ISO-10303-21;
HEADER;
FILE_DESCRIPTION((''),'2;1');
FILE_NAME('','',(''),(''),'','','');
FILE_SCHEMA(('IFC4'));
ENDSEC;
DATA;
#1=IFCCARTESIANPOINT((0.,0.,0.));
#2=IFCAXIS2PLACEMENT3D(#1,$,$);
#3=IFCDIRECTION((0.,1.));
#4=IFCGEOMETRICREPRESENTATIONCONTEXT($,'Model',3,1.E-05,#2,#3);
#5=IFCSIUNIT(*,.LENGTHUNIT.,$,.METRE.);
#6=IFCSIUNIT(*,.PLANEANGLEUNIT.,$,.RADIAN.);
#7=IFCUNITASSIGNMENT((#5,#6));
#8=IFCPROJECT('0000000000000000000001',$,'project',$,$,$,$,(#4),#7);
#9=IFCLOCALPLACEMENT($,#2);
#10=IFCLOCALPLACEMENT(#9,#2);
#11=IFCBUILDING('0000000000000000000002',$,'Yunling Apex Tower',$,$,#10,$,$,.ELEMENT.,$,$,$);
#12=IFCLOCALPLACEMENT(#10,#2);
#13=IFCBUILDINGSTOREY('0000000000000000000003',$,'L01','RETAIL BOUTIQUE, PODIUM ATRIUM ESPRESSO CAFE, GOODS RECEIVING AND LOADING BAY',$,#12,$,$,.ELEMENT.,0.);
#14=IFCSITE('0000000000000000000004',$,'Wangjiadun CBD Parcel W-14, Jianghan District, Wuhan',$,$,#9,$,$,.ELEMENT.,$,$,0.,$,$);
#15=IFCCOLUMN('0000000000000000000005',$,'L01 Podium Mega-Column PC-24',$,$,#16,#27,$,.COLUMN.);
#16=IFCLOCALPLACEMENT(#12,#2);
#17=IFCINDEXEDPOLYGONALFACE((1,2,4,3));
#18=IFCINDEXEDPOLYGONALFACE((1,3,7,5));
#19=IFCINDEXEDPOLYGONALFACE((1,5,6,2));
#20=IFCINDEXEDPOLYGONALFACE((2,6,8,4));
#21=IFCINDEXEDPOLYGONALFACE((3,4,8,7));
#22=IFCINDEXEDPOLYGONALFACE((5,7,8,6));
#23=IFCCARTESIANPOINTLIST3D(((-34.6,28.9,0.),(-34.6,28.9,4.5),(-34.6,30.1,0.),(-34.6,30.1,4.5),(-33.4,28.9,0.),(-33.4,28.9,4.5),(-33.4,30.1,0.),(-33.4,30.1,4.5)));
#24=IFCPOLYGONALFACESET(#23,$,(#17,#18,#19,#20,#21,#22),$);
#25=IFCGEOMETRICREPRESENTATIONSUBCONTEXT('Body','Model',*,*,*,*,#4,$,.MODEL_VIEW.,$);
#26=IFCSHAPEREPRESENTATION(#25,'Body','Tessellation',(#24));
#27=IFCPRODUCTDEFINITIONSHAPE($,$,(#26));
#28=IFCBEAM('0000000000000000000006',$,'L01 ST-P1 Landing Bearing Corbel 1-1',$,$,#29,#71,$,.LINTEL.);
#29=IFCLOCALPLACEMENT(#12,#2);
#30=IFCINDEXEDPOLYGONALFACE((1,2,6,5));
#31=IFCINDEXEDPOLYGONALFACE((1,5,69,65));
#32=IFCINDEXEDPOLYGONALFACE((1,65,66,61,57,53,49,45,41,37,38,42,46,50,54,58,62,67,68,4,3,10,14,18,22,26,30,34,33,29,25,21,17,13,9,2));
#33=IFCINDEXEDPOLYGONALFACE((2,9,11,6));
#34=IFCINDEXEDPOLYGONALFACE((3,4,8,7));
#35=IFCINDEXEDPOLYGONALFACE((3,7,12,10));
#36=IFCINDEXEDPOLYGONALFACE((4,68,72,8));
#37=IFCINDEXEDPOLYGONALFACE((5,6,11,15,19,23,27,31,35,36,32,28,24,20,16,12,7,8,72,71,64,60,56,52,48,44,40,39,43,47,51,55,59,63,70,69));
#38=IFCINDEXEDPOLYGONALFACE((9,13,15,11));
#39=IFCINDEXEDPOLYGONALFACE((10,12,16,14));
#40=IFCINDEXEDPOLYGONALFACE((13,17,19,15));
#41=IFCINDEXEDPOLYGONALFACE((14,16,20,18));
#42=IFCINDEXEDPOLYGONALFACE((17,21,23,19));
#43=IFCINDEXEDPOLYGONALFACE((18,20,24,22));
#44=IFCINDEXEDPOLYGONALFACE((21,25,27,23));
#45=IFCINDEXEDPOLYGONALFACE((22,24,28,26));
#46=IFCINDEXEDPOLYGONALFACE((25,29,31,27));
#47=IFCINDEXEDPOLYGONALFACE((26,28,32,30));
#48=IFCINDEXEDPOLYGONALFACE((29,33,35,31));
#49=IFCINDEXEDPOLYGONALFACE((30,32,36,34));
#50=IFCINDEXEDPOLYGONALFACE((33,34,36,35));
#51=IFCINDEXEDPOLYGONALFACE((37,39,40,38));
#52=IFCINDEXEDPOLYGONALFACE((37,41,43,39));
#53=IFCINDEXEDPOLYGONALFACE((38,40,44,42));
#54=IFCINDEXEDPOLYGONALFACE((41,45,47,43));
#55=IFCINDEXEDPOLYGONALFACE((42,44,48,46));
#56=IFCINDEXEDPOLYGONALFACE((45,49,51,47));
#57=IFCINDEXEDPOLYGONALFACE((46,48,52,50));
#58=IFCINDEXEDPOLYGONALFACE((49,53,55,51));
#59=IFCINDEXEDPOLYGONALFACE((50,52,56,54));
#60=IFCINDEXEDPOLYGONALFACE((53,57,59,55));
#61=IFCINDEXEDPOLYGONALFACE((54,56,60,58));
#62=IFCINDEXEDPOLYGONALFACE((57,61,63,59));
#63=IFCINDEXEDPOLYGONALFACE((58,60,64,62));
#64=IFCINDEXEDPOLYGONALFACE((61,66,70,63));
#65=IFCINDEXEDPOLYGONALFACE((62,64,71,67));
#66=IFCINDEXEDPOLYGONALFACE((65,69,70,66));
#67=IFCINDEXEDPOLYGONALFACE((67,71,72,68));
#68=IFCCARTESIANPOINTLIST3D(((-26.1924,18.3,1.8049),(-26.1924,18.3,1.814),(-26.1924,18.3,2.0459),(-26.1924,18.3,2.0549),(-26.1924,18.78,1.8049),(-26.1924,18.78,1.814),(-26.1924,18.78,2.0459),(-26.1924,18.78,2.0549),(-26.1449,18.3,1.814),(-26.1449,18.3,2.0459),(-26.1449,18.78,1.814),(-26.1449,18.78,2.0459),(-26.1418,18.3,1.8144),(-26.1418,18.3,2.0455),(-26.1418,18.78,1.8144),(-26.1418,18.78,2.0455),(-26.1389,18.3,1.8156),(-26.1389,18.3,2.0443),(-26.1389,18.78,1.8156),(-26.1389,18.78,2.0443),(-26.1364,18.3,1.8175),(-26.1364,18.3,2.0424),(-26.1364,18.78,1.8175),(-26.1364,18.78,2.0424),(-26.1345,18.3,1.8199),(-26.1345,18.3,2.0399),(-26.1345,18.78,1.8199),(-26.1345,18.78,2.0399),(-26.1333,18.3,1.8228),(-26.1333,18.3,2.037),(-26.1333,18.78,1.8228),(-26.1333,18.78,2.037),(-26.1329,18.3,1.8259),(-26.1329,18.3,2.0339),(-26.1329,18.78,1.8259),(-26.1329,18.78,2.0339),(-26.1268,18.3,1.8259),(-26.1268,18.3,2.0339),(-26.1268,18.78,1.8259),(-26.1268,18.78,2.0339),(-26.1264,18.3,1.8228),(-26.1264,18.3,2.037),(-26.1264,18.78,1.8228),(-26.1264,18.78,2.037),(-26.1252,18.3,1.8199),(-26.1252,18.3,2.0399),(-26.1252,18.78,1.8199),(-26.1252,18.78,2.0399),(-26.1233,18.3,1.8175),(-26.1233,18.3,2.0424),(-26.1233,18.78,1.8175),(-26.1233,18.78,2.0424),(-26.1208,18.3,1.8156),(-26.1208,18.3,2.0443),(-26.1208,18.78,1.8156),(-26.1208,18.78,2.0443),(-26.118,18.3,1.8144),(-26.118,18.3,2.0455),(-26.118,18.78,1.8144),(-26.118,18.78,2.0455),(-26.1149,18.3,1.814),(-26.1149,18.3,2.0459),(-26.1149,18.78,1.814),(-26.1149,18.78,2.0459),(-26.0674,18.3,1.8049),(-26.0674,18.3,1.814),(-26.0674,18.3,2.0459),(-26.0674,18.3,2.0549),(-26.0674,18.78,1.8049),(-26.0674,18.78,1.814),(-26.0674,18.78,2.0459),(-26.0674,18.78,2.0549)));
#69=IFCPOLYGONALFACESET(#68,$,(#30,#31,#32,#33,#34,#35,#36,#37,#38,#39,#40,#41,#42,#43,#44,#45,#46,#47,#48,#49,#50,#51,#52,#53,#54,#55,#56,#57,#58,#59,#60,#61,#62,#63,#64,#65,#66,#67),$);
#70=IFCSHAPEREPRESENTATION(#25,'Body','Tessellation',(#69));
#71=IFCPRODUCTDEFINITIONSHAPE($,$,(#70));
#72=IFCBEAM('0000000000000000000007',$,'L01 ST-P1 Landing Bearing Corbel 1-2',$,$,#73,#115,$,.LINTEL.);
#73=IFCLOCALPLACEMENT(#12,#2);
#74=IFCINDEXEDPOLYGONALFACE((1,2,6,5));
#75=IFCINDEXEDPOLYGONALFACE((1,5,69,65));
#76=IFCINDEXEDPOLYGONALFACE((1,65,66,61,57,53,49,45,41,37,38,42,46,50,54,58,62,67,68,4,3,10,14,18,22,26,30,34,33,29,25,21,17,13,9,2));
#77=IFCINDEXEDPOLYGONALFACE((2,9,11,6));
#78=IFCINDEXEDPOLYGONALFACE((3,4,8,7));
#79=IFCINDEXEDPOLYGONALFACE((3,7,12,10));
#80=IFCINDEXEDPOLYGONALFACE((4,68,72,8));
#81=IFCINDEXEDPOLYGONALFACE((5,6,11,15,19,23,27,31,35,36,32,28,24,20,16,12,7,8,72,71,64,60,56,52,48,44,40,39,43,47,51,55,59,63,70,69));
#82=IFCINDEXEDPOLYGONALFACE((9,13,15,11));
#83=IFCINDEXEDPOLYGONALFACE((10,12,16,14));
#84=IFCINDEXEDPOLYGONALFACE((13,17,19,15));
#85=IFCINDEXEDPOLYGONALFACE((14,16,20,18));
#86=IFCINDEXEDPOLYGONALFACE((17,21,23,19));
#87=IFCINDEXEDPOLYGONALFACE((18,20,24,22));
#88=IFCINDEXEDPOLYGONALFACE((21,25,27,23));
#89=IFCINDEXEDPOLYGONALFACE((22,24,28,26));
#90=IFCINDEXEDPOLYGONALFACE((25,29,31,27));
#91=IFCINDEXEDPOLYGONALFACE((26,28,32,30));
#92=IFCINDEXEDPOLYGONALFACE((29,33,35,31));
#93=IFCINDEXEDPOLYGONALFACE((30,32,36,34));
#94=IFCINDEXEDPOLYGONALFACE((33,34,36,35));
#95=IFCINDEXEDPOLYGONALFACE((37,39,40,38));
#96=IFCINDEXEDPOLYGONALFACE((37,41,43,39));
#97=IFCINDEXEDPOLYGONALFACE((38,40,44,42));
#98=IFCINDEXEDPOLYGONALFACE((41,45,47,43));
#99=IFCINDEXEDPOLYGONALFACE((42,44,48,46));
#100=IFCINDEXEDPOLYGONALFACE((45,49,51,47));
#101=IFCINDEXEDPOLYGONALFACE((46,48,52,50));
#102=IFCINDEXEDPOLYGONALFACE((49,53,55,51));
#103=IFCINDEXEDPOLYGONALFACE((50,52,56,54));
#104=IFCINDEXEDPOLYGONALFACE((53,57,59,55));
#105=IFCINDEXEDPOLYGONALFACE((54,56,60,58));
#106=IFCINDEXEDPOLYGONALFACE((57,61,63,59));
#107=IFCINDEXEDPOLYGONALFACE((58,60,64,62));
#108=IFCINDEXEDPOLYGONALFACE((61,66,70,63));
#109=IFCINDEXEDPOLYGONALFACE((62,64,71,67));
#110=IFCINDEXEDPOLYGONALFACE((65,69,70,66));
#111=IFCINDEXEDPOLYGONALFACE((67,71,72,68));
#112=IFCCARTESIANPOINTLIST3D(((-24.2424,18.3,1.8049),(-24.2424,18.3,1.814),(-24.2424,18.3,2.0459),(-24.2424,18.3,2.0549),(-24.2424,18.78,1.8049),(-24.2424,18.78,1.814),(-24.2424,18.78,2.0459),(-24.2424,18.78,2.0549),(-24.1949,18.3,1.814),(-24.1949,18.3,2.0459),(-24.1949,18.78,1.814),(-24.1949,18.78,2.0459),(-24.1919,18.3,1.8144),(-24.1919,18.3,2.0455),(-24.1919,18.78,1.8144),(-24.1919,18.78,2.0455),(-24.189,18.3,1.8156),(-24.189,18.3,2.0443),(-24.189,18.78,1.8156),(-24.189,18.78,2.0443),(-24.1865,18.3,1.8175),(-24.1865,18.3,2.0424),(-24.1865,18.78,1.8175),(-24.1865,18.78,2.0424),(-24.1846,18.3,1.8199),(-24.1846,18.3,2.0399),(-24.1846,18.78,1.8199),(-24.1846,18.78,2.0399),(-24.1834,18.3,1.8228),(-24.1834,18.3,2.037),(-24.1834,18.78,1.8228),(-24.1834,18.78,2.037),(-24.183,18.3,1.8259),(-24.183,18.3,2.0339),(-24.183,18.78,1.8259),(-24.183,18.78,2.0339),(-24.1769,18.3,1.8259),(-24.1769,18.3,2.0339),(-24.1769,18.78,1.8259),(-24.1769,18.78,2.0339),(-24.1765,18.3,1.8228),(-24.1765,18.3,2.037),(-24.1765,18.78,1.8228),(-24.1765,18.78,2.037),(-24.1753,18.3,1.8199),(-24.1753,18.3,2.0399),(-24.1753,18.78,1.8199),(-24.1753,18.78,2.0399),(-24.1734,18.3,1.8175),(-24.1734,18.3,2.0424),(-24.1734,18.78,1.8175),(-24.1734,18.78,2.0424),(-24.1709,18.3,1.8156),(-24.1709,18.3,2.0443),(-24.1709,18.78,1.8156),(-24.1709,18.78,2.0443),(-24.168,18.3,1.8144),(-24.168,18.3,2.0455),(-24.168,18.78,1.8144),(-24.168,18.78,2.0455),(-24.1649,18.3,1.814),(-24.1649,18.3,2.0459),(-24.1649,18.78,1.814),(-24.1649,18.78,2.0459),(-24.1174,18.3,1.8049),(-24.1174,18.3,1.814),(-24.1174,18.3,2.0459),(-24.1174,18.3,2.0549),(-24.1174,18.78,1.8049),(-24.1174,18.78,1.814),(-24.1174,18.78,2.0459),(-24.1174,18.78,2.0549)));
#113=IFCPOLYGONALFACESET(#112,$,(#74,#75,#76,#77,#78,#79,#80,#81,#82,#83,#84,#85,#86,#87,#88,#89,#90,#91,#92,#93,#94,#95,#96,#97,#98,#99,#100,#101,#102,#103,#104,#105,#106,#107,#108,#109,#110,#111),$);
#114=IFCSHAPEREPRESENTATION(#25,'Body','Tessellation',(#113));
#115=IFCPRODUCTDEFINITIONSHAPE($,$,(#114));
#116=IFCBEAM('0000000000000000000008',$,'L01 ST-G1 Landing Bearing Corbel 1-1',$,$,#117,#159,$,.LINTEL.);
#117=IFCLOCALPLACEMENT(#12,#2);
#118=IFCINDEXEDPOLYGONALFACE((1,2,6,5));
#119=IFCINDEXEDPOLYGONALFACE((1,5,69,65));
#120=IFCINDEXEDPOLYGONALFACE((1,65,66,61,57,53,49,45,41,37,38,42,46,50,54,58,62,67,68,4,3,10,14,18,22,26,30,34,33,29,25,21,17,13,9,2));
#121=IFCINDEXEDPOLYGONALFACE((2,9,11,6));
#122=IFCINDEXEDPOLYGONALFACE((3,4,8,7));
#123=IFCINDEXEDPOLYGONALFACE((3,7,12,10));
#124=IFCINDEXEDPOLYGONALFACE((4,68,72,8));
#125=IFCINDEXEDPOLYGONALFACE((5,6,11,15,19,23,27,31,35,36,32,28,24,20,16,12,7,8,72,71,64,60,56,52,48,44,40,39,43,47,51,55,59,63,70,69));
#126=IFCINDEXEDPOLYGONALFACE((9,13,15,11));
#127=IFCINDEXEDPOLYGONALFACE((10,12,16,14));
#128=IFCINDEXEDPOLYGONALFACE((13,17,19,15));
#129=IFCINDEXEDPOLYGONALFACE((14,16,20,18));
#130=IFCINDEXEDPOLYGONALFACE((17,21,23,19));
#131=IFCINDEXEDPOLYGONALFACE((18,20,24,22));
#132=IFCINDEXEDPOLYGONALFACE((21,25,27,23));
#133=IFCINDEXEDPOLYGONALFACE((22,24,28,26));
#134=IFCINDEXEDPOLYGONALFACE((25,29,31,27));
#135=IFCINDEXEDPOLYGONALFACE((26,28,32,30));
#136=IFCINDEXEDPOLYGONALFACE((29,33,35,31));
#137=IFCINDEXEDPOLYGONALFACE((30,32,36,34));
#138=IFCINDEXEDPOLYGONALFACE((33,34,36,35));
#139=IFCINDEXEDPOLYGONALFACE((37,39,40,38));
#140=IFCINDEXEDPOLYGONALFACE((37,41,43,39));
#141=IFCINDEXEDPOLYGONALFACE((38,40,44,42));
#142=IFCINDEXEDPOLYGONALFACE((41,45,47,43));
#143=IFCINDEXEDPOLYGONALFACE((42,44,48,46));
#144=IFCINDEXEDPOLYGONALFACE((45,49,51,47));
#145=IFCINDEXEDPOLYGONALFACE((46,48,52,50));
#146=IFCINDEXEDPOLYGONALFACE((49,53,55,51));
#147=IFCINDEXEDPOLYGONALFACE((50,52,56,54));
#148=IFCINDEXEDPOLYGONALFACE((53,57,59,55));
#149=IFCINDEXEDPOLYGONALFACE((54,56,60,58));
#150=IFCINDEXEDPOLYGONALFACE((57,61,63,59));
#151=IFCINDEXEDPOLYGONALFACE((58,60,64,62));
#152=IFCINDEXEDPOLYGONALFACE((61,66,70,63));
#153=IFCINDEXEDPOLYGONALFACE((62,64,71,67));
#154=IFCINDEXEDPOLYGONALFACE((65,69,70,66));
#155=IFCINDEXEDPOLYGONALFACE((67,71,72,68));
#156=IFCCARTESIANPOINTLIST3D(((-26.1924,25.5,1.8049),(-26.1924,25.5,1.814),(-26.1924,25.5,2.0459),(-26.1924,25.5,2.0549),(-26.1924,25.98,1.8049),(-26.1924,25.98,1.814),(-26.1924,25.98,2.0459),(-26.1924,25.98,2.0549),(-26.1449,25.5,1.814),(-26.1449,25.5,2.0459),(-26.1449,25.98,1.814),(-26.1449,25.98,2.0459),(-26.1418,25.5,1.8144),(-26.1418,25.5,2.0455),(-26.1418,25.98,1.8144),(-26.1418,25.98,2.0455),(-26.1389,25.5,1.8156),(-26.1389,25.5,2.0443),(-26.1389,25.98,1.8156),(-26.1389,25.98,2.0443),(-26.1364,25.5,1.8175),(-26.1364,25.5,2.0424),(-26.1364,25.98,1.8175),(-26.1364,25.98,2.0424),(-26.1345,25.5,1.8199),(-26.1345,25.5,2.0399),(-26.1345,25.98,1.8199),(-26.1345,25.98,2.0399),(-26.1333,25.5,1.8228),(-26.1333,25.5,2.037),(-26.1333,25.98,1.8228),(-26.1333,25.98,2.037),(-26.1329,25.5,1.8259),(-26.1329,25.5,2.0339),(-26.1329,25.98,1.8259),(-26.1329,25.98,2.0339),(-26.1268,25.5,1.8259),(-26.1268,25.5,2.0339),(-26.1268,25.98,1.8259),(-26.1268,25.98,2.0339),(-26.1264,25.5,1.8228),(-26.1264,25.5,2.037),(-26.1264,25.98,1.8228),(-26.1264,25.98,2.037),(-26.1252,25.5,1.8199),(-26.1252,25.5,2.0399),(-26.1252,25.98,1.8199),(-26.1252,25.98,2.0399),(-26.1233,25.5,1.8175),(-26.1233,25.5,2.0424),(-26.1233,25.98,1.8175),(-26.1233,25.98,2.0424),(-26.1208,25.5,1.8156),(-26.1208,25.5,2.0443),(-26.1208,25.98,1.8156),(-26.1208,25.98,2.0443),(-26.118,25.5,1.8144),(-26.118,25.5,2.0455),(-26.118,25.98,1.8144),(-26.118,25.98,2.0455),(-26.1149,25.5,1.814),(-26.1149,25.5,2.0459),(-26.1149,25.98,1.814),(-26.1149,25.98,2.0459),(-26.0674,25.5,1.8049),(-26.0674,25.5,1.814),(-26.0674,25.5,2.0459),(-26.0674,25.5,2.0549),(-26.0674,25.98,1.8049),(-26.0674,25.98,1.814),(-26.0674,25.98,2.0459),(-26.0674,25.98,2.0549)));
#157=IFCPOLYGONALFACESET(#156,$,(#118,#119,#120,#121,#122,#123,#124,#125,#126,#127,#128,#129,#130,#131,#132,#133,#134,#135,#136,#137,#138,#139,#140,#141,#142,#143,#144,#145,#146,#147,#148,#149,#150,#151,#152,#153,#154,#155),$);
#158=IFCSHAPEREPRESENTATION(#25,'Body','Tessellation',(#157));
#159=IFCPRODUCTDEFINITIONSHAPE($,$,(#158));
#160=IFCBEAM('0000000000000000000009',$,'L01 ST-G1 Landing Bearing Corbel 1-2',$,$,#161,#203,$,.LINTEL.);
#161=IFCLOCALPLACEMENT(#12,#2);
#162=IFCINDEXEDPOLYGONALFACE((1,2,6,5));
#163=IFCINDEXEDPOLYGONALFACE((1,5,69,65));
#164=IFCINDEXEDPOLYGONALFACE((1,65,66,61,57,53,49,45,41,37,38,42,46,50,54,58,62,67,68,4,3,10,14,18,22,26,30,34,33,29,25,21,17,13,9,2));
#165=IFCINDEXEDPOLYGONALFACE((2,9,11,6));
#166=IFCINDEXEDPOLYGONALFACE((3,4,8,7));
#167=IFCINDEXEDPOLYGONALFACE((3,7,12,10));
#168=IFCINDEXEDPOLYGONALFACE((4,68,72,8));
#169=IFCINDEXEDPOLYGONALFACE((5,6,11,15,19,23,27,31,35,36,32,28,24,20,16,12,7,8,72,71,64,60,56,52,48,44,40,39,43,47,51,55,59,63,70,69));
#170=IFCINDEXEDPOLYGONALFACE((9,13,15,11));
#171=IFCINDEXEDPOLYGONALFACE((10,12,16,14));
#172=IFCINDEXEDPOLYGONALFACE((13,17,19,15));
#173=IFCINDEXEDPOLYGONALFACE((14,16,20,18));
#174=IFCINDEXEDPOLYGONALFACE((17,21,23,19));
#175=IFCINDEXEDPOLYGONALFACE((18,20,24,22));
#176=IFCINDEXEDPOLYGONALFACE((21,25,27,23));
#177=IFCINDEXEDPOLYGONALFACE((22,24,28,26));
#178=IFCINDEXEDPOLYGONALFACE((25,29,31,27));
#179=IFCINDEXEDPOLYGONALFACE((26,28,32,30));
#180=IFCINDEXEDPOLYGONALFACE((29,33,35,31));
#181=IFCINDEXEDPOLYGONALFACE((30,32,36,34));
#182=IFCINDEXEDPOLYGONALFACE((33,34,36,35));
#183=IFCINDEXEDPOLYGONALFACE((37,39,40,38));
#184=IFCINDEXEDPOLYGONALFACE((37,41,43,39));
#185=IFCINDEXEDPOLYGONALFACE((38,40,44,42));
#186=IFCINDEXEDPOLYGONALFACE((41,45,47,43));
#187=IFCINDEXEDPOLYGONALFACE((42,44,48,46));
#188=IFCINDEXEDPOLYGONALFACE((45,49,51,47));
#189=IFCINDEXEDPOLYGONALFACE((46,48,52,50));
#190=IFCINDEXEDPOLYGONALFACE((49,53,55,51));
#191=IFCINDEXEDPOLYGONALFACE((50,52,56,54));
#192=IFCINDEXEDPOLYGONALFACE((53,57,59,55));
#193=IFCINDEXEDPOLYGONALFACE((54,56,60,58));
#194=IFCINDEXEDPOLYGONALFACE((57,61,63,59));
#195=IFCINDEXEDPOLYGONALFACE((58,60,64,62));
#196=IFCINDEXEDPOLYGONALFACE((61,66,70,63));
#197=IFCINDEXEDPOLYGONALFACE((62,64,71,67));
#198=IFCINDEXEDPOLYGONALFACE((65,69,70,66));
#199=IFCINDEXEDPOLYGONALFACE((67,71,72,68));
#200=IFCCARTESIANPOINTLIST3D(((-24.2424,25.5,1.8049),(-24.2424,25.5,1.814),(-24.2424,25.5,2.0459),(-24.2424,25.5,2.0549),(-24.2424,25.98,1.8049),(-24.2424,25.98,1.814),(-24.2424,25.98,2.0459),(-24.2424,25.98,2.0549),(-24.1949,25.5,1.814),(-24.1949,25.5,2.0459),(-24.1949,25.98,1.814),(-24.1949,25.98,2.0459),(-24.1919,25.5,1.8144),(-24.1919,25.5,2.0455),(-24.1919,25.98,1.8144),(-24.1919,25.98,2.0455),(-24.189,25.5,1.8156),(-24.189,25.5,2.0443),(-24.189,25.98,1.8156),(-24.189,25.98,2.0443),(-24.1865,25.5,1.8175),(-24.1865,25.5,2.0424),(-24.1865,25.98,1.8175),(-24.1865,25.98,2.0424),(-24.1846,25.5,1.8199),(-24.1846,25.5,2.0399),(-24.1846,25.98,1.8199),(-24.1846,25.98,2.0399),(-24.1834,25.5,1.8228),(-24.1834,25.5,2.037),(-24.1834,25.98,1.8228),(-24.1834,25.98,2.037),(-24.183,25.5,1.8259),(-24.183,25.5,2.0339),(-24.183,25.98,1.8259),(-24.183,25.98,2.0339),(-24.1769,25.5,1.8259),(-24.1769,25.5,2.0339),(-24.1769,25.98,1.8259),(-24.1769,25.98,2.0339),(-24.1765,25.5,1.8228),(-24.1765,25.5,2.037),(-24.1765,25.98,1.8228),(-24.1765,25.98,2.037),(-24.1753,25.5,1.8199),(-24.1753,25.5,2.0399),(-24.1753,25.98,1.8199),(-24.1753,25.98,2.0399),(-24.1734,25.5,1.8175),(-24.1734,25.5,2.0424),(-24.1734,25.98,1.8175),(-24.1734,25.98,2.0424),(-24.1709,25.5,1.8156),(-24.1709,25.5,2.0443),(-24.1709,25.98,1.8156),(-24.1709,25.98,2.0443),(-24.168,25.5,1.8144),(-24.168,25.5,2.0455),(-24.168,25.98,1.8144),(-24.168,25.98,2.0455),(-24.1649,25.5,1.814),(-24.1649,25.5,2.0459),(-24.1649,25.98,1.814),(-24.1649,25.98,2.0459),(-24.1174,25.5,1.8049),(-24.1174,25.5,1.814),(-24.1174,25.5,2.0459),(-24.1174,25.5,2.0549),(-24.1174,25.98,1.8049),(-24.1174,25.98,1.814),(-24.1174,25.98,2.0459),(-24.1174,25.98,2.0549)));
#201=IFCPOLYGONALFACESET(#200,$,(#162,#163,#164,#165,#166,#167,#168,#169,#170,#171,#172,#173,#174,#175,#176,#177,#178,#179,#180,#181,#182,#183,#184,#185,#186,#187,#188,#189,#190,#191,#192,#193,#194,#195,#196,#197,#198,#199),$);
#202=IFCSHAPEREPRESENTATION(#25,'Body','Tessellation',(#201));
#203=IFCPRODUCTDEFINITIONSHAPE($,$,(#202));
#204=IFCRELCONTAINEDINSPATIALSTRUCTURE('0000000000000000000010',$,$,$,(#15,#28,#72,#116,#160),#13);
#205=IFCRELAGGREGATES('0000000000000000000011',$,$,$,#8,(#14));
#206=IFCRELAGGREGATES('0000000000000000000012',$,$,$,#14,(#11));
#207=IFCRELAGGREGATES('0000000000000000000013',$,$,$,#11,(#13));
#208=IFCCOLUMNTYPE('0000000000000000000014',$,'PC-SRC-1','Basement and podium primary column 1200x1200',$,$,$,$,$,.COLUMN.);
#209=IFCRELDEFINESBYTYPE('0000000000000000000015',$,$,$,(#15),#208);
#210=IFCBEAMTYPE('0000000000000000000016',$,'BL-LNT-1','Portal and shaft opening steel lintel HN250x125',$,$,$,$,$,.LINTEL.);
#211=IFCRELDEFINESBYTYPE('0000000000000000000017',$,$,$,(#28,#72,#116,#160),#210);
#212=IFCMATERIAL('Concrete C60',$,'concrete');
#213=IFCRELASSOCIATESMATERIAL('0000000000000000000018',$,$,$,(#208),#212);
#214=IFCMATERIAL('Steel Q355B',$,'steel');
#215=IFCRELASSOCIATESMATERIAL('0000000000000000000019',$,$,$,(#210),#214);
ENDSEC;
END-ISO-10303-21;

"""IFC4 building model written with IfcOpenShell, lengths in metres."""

from ifc_helpers import new_model, si_unit, direction, frame, origin, origin_2d, place, context, subcontext, project, spatial, rectangle, i_section, extrude, source, transform, mapped, material, material_profile, profile_set, type_object, element, save


model = new_model("IFC4")

# Units and contexts
model_context = context("Model", 3, precision=1e-05, world=origin(), true_north=direction((0.0, 1.0)))
body_context = subcontext(model_context, "Body", "Model", "MODEL_VIEW")
ifc_project = project(units=[si_unit("LENGTHUNIT", "METRE"), si_unit("PLANEANGLEUNIT", "RADIAN")], contexts=[model_context])

# Site, building, storey
site_placement = place(None, origin())
site = spatial("IfcSite", under=ifc_project, at=site_placement, Name="Wangjiadun CBD Parcel W-14, Jianghan District, Wuhan", CompositionType="ELEMENT", RefElevation=0.0)
building_placement = place(site_placement, origin())
building = spatial("IfcBuilding", under=site, at=building_placement, Name="Yunling Apex Tower", CompositionType="ELEMENT")
storey_placement = place(building_placement, origin())
storey = spatial("IfcBuildingStorey", under=building, at=storey_placement, Name="L01", Description="RETAIL BOUTIQUE, PODIUM ATRIUM ESPRESSO CAFE, GOODS RECEIVING AND LOADING BAY", CompositionType="ELEMENT", Elevation=0.0)

# Column
ifc_material_1 = material(Name="Concrete C60", Category="concrete")
ifc_material_profile_1 = material_profile(ifc_material_1, rectangle(XDim=1.2, YDim=1.2, at=origin_2d()))
ifc_profile_set_1 = profile_set([ifc_material_profile_1], Name="Concrete C60")
column_type = type_object("IfcColumnType", Name="PC-SRC-1", Description="Basement and podium primary column 1200x1200", PredefinedType="COLUMN", material=ifc_profile_set_1)
shared_shape_1 = source(origin(), body_context, "Body", "SweptSolid", [
    extrude(rectangle(XDim=1.2, YDim=1.2, at=origin_2d()), origin(), (0.0, 0.0, 1.0), 4.5),
])
column_placement = place(storey_placement, frame((-34.0, 29.5, 0.0), z_axis=(0.0, 0.0, 1.0), x_axis=(1.0, 0.0, 0.0)))
element("IfcColumn", 1, at=column_placement, inside=storey, type_object=column_type, Name="L01 Podium Mega-Column PC-24", PredefinedType="COLUMN", context=body_context, shape_type="MappedRepresentation", body=[
    mapped(shared_shape_1, transform((0.0, 0.0, 0.0), scale=1.0)),
])

# Beams
ifc_material_2 = material(Name="Steel Q355B", Category="steel")
ifc_material_profile_2 = material_profile(ifc_material_2, i_section(OverallWidth=0.125, OverallDepth=0.25, WebThickness=0.0061, FlangeThickness=0.009, FilletRadius=0.012, at=origin_2d()))
ifc_profile_set_2 = profile_set([ifc_material_profile_2], Name="Steel Q355B")
beam_type_1 = type_object("IfcBeamType", Name="BL-LNT-1", Description="Portal and shaft opening steel lintel HN250x125", PredefinedType="LINTEL", material=ifc_profile_set_2)
shared_shape_2 = source(origin(), body_context, "Body", "SweptSolid", [
    extrude(i_section(OverallWidth=0.125, OverallDepth=0.25, WebThickness=0.0061, FlangeThickness=0.009, FilletRadius=0.012, at=origin_2d()), origin(), (0.0, 0.0, 1.0), 0.48),
])
for number, where, z_axis, x_axis, name in (
    (2, (-26.1299, 18.78, 1.9299), (0.0, -1.0, 0.0), (1.0, 0.0, 0.0), "L01 ST-P1 Landing Bearing Corbel 1-1"),
    (3, (-24.1799, 18.78, 1.9299), (0.0, -1.0, 0.0), (1.0, 0.0, 0.0), "L01 ST-P1 Landing Bearing Corbel 1-2"),
    (4, (-26.1299, 25.98, 1.9299), (0.0, -1.0, 0.0), (1.0, 0.0, 0.0), "L01 ST-G1 Landing Bearing Corbel 1-1"),
    (5, (-24.1799, 25.98, 1.9299), (0.0, -1.0, 0.0), (1.0, 0.0, 0.0), "L01 ST-G1 Landing Bearing Corbel 1-2"),
):
    element("IfcBeam", number, at=place(storey_placement, frame(where, z_axis=z_axis, x_axis=x_axis)), inside=storey, type_object=beam_type_1, Name=name, PredefinedType="LINTEL", context=body_context, shape_type="MappedRepresentation", body=[
        mapped(shared_shape_2, transform((0.0, 0.0, 0.0), scale=1.0)),
    ])

save(model, "model.ifc")
